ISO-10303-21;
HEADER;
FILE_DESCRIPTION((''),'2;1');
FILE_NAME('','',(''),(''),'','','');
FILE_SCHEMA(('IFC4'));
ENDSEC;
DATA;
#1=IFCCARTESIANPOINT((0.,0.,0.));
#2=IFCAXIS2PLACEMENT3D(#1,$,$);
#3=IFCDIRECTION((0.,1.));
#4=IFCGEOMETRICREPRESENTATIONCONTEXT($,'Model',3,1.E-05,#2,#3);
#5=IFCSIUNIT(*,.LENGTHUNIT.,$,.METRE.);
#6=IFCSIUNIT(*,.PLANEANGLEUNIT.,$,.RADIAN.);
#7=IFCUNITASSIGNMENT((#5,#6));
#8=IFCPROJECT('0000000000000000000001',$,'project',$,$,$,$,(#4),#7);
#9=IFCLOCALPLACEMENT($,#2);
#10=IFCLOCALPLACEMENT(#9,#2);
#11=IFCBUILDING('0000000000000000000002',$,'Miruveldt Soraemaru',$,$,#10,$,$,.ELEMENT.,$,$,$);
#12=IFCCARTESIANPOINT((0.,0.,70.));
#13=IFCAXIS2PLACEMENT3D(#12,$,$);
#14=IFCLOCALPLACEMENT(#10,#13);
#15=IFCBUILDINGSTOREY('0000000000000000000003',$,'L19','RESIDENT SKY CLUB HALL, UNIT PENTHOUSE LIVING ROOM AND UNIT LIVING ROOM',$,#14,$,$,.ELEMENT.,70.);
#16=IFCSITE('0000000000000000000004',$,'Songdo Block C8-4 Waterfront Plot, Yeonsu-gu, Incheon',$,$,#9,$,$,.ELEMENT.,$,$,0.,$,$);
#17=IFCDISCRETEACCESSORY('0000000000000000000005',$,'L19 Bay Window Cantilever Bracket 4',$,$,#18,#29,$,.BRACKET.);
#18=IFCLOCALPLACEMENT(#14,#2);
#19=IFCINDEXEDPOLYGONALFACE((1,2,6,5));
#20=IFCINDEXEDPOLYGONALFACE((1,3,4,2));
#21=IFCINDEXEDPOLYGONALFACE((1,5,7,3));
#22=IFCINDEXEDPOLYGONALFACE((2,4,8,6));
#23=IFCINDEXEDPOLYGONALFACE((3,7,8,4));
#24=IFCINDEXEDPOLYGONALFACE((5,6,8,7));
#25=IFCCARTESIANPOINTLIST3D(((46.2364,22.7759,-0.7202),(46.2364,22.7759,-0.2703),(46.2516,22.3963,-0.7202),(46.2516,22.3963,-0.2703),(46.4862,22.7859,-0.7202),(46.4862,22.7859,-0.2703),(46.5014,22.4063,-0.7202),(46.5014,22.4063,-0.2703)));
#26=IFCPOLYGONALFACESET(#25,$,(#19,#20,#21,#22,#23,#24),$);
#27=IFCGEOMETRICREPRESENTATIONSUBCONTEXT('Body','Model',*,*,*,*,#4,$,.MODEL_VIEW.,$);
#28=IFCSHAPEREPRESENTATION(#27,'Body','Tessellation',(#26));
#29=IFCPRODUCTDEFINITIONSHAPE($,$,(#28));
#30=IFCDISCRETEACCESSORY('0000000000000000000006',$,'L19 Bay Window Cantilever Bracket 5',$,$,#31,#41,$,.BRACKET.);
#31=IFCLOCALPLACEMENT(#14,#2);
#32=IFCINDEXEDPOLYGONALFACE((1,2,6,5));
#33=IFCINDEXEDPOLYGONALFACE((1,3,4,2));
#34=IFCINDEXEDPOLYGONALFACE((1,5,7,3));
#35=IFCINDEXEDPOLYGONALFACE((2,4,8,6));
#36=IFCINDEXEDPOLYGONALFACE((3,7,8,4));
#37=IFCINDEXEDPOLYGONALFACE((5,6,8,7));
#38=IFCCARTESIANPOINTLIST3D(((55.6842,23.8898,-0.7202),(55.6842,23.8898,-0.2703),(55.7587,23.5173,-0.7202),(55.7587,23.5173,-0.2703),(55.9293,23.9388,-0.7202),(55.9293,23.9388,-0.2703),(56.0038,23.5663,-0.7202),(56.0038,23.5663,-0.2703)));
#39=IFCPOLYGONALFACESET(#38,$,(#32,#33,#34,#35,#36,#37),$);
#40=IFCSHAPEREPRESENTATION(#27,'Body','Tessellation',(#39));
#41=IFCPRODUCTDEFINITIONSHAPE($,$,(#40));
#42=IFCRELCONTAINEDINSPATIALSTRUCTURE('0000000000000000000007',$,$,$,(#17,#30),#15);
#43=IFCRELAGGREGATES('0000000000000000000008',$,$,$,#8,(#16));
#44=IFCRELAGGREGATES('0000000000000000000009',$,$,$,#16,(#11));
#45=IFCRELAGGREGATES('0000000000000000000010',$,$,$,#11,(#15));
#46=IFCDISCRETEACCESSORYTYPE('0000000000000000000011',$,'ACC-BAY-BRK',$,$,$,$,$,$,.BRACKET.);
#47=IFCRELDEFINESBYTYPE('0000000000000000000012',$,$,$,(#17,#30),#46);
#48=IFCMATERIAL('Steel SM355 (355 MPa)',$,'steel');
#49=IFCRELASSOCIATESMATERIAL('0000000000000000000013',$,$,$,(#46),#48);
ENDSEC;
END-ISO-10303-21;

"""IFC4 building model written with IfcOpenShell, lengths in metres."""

from ifc_helpers import new_model, si_unit, direction, frame, origin, origin_2d, place, context, subcontext, project, spatial, rectangle, extrude, material, type_object, element, save


model = new_model("IFC4")

# Units and contexts
model_context = context("Model", 3, precision=1e-05, world=origin(), true_north=direction((0.0, 1.0)))
body_context = subcontext(model_context, "Body", "Model", "MODEL_VIEW")
ifc_project = project(units=[si_unit("LENGTHUNIT", "METRE"), si_unit("PLANEANGLEUNIT", "RADIAN")], contexts=[model_context])

# Site, building, storey
site_placement = place(None, origin())
site = spatial("IfcSite", under=ifc_project, at=site_placement, Name="Songdo Block C8-4 Waterfront Plot, Yeonsu-gu, Incheon", CompositionType="ELEMENT", RefElevation=0.0)
building_placement = place(site_placement, origin())
building = spatial("IfcBuilding", under=site, at=building_placement, Name="Miruveldt Soraemaru", CompositionType="ELEMENT")
storey_placement = place(building_placement, frame((0.0, 0.0, 70.0)))
storey = spatial("IfcBuildingStorey", under=building, at=storey_placement, Name="L19", Description="RESIDENT SKY CLUB HALL, UNIT PENTHOUSE LIVING ROOM AND UNIT LIVING ROOM", CompositionType="ELEMENT", Elevation=70.0)

# Shared definitions
ifc_material_1 = material(Name="Steel SM355 (355 MPa)", Category="steel")

# Discrete accessories
discrete_accessory_type = type_object("IfcDiscreteAccessoryType", Name="ACC-BAY-BRK", PredefinedType="BRACKET", material=ifc_material_1)
for number, where, z_axis, x_axis, name in (
    (1, (46.3689, 22.5911, -0.7202), (0.0, 0.0, 1.0), (0.039975, -0.999201, 0.0), "L19 Bay Window Cantilever Bracket 4"),
    (2, (55.844, 23.728, -0.7202), (0.0, 0.0, 1.0), (0.196117, -0.98058, 0.0), "L19 Bay Window Cantilever Bracket 5"),
):
    element("IfcDiscreteAccessory", number, at=place(storey_placement, frame(where, z_axis=z_axis, x_axis=x_axis)), inside=storey, type_object=discrete_accessory_type, Name=name, PredefinedType="BRACKET", context=body_context, shape_type="SweptSolid", body=[
        extrude(rectangle(XDim=0.3799, YDim=0.25, at=origin_2d()), origin(), (0.0, 0.0, 1.0), 0.45),
    ])

save(model, "model.ifc")
